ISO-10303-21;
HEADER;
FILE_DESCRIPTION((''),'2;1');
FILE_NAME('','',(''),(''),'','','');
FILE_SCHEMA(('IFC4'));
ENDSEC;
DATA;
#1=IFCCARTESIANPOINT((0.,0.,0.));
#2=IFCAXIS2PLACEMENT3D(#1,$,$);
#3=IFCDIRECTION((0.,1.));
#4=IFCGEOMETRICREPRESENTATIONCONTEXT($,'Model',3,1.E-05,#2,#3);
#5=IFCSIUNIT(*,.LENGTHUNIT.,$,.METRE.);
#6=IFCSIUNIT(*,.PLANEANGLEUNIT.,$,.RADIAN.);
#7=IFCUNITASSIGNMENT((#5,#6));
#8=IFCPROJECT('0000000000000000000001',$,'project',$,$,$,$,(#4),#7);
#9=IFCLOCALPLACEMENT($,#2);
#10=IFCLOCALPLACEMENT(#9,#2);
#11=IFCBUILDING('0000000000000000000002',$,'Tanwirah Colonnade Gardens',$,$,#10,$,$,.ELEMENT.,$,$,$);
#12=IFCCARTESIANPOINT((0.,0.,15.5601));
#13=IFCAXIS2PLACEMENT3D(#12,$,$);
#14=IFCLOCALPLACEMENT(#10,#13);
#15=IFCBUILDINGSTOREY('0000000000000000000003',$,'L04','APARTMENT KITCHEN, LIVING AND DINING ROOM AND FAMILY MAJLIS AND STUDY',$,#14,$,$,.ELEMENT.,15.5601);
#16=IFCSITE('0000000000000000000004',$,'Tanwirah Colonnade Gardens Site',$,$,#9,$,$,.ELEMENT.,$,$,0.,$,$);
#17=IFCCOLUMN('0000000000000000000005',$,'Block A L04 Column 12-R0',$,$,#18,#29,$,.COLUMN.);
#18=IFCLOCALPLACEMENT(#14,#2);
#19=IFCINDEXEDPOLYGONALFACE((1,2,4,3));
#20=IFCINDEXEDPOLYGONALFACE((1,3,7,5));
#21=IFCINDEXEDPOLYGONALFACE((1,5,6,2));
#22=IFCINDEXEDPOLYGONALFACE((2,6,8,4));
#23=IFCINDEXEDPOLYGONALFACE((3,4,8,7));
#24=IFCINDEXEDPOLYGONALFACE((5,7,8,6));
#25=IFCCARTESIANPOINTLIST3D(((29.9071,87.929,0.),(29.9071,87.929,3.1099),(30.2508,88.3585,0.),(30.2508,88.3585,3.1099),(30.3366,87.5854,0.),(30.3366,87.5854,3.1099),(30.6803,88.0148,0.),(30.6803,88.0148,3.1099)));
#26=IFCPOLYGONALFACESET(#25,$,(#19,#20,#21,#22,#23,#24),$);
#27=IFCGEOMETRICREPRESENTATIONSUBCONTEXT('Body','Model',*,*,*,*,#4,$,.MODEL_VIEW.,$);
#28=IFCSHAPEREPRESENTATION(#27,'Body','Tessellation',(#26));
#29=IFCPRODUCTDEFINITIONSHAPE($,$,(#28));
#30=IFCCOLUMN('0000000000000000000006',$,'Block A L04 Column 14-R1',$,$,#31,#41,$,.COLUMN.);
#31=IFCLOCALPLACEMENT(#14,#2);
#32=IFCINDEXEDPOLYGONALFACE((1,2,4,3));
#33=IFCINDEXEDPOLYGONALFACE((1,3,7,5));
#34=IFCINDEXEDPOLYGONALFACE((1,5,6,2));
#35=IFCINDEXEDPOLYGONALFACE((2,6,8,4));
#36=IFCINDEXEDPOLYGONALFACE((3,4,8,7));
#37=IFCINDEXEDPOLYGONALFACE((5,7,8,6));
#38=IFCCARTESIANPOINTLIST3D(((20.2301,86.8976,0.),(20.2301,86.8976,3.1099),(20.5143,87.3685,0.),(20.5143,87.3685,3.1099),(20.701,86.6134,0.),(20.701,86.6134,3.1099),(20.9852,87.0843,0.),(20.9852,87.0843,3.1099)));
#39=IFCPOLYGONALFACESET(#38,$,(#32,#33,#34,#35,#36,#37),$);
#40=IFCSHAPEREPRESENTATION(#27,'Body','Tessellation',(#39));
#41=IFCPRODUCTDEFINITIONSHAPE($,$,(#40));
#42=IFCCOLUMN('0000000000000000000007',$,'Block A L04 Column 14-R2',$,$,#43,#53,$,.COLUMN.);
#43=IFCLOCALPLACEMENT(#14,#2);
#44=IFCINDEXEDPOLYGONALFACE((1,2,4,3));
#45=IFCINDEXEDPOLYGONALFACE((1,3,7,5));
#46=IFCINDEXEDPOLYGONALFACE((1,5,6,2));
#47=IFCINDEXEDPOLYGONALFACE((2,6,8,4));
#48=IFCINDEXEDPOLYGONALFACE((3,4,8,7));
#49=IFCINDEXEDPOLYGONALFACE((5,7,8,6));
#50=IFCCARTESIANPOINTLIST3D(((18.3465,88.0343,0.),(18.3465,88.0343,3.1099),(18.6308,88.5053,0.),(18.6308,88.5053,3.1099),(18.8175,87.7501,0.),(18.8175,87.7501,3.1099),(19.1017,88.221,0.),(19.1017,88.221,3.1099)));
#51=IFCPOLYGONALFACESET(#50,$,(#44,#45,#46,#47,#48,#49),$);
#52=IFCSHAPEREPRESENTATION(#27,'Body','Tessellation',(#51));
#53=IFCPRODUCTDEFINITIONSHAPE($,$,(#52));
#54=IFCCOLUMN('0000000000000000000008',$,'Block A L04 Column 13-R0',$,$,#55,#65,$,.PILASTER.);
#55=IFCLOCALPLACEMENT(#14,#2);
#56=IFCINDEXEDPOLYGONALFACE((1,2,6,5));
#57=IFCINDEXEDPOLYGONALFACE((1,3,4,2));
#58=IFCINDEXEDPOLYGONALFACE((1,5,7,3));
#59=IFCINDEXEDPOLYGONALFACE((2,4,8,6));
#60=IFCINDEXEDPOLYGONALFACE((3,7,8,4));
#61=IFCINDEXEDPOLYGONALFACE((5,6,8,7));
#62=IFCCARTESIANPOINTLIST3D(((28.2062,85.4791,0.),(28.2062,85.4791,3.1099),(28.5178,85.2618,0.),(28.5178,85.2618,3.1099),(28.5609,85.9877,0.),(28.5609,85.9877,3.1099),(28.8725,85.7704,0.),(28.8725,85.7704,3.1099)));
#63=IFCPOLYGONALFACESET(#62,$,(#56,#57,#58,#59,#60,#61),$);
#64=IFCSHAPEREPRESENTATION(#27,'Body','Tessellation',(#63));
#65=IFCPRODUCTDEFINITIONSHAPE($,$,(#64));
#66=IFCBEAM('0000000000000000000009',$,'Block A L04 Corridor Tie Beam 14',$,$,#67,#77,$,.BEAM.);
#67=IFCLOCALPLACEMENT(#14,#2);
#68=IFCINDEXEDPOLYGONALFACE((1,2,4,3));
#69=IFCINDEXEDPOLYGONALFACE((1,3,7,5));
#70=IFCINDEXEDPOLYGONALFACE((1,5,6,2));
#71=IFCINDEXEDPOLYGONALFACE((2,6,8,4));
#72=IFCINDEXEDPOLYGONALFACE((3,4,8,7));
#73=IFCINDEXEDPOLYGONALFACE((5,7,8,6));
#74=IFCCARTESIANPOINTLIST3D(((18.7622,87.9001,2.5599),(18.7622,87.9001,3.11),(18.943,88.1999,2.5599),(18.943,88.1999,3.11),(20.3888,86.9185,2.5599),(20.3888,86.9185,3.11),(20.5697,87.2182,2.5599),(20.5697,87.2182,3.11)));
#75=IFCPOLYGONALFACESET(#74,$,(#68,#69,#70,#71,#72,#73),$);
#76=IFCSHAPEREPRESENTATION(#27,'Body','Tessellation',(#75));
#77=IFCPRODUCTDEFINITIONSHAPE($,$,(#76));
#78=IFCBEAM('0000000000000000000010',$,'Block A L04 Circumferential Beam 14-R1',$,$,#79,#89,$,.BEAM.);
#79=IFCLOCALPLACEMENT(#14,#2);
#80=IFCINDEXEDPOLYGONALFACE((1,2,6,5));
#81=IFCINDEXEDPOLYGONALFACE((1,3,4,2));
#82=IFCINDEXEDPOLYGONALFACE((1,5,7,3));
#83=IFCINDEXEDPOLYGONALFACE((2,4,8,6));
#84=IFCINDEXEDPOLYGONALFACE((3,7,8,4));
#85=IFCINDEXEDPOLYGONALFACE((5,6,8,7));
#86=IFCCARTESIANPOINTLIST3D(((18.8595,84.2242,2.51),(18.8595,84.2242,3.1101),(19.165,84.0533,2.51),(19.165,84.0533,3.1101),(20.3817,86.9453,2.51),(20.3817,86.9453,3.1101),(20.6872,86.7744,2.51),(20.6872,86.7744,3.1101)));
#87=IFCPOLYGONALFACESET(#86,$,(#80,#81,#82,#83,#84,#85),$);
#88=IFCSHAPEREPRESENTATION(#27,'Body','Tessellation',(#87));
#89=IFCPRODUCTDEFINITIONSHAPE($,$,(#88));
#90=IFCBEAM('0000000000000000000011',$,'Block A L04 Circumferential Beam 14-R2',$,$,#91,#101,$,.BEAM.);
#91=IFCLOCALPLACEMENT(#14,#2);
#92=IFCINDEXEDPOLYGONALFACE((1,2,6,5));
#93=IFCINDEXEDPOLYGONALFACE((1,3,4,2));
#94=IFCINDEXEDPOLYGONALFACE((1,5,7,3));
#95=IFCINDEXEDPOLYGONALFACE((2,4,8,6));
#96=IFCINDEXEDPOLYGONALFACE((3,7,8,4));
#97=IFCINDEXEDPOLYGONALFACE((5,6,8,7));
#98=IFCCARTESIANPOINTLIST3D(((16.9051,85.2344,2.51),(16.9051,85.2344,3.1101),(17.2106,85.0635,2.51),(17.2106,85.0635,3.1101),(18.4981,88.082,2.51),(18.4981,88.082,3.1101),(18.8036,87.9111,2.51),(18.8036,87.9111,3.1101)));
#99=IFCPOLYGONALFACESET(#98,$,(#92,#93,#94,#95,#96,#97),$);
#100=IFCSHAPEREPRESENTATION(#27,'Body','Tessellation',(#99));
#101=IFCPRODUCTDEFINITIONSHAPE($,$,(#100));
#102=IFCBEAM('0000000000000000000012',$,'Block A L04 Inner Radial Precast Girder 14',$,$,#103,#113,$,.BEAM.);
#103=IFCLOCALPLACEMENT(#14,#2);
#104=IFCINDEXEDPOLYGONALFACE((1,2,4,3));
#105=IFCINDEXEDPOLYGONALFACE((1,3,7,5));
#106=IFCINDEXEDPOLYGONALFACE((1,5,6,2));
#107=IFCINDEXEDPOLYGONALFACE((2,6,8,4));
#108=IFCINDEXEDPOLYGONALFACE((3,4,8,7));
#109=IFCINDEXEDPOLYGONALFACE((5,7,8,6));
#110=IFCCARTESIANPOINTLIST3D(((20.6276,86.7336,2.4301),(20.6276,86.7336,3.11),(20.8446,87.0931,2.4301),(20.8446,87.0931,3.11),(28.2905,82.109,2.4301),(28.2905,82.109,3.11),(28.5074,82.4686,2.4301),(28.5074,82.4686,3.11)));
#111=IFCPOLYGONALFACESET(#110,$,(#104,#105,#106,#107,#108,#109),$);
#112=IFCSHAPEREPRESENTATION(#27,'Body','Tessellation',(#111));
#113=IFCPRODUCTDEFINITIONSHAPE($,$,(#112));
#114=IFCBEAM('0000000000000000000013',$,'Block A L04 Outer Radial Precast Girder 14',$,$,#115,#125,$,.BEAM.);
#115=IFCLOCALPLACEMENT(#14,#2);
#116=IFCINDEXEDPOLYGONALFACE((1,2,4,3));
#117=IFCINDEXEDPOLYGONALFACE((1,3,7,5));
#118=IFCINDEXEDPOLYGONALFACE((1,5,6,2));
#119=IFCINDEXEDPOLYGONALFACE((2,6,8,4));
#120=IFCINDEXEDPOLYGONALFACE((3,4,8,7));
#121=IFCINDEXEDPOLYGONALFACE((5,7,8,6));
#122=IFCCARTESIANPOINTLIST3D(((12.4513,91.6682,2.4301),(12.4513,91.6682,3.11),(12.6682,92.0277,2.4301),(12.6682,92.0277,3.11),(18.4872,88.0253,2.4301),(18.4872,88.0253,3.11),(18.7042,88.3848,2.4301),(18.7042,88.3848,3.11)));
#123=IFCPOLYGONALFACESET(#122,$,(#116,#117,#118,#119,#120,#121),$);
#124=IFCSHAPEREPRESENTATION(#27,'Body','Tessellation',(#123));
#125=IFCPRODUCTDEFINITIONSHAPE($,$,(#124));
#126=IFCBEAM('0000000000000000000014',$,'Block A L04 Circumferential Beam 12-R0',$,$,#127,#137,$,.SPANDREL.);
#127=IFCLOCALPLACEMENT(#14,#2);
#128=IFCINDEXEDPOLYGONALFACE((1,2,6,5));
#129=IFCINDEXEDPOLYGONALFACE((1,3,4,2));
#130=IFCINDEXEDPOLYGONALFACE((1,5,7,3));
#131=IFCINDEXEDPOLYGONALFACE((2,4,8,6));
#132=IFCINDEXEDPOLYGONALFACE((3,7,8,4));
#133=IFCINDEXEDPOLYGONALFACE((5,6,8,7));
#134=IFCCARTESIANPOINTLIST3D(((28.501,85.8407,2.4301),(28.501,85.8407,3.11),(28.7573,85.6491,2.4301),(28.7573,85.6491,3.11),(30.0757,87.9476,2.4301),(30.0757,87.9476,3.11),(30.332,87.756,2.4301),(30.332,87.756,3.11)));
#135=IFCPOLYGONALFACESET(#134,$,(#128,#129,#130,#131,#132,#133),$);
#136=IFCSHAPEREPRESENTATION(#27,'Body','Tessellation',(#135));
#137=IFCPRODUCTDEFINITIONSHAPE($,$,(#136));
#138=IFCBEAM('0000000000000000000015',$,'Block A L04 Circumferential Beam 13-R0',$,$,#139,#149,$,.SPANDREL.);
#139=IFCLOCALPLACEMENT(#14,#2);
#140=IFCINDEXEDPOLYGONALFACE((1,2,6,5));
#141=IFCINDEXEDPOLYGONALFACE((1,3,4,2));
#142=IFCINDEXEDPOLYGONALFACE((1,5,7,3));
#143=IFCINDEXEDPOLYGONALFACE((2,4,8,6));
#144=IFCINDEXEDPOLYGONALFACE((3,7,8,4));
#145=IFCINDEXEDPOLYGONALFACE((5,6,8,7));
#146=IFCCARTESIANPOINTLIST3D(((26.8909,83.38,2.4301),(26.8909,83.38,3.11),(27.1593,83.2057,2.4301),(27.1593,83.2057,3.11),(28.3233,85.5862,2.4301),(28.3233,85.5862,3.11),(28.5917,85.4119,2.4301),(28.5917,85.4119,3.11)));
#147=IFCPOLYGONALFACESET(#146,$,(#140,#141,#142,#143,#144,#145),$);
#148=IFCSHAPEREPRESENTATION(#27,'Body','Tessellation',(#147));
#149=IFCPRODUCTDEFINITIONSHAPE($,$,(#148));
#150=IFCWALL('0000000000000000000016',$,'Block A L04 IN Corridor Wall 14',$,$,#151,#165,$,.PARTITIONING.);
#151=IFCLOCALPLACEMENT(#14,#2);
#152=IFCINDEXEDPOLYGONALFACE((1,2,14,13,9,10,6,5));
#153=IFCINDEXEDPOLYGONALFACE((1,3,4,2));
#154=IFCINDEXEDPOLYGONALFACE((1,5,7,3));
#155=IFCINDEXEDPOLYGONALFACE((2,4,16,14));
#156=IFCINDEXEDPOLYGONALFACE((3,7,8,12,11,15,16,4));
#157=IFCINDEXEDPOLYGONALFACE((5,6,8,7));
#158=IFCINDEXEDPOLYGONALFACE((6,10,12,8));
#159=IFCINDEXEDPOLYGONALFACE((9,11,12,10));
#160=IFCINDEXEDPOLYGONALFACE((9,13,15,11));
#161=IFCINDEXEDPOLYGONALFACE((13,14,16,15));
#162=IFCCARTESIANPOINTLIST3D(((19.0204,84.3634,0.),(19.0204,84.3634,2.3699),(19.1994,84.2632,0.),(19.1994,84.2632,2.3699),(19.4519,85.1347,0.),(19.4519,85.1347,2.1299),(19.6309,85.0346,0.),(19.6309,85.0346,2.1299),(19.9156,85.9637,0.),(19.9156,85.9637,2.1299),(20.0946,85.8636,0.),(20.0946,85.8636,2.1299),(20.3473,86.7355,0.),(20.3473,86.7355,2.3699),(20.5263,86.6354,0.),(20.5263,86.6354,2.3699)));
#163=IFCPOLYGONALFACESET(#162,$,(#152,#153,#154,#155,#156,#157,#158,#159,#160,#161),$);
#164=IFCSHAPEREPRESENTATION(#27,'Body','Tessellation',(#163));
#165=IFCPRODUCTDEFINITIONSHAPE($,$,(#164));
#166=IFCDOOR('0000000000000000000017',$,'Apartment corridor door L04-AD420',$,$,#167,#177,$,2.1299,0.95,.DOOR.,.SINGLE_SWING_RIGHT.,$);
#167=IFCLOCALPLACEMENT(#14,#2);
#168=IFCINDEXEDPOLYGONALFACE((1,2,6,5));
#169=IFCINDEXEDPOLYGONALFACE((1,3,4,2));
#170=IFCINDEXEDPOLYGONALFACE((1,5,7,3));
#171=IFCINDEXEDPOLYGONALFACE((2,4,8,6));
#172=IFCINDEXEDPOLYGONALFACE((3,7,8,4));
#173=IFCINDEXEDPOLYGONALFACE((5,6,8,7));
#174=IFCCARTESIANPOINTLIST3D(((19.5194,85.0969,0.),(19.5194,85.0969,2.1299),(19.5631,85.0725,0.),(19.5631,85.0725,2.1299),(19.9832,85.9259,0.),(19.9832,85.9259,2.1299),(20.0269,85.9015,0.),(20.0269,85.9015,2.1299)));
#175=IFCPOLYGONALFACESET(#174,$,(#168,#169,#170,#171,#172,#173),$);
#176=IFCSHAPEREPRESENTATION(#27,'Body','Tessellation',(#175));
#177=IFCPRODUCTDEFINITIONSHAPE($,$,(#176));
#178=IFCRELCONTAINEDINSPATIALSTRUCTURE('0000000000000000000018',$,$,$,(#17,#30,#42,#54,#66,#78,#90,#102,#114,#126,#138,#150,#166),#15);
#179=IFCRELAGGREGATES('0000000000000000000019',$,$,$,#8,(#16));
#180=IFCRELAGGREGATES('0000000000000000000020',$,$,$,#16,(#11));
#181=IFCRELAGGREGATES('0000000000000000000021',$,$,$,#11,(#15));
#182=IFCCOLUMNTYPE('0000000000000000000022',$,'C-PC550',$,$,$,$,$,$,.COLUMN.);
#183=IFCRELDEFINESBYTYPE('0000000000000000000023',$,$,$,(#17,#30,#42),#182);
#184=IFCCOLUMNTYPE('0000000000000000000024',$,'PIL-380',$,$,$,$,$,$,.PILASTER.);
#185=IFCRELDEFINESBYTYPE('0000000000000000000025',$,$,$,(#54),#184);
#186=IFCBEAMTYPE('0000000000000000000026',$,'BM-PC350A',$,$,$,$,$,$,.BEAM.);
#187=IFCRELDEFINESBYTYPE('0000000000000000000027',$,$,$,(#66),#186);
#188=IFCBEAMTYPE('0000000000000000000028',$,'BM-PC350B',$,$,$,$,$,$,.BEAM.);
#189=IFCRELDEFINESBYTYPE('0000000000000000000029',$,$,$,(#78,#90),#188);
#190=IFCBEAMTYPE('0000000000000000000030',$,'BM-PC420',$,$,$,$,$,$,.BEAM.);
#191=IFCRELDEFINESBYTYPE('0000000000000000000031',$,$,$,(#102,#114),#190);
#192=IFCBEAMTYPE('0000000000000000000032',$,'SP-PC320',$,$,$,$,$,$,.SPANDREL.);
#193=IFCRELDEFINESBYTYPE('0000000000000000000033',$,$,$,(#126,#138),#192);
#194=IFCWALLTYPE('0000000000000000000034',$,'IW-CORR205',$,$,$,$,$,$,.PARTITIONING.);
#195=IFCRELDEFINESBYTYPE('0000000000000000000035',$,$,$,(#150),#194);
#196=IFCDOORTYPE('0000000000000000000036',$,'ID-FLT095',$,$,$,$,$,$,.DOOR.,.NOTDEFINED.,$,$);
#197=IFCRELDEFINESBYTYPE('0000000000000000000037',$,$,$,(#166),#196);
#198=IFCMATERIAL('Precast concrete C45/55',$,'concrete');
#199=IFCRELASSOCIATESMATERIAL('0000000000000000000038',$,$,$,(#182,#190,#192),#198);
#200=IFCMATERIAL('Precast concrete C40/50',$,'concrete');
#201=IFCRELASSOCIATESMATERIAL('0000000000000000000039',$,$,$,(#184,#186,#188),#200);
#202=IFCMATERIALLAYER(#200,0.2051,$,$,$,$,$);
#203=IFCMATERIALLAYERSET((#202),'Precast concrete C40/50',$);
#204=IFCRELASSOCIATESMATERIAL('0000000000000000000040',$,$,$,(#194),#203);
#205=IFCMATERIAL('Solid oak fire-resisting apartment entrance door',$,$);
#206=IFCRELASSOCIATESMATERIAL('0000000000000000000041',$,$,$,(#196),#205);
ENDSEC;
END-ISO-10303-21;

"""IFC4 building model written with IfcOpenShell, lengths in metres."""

from ifc_helpers import new_model, si_unit, direction, frame, frame_2d, origin, origin_2d, place, context, subcontext, project, spatial, rectangle, extrude, material, layer, layer_set, material_profile, profile_set, type_object, element, fill, save


model = new_model("IFC4")

# Units and contexts
model_context = context("Model", 3, precision=1e-05, world=origin(), true_north=direction((0.0, 1.0)))
body_context = subcontext(model_context, "Body", "Model", "MODEL_VIEW")
ifc_project = project(units=[si_unit("LENGTHUNIT", "METRE"), si_unit("PLANEANGLEUNIT", "RADIAN")], contexts=[model_context])

# Site, building, storey
site_placement = place(None, origin())
site = spatial("IfcSite", under=ifc_project, at=site_placement, Name="Tanwirah Colonnade Gardens Site", CompositionType="ELEMENT", RefElevation=0.0)
building_placement = place(site_placement, origin())
building = spatial("IfcBuilding", under=site, at=building_placement, Name="Tanwirah Colonnade Gardens", CompositionType="ELEMENT")
storey_placement = place(building_placement, frame((0.0, 0.0, 15.5601)))
storey = spatial("IfcBuildingStorey", under=building, at=storey_placement, Name="L04", Description="APARTMENT KITCHEN, LIVING AND DINING ROOM AND FAMILY MAJLIS AND STUDY", CompositionType="ELEMENT", Elevation=15.5601)

# Columns
ifc_material_1 = material(Name="Precast concrete C45/55", Category="concrete")
ifc_material_profile_1 = material_profile(ifc_material_1, rectangle(XDim=0.55, YDim=0.55, at=origin_2d()), Name="PC-COL 550x550")
ifc_profile_set_1 = profile_set([ifc_material_profile_1], Name="Precast concrete C45/55")
column_type_1 = type_object("IfcColumnType", Name="C-PC550", PredefinedType="COLUMN", material=ifc_profile_set_1)
for number, where, z_axis, x_axis, name in (
    (1, (30.2937, 87.9719, 0.0), (0.0, 0.0, 1.0), (-0.780794, 0.624788, 0.0), "Block A L04 Column 12-R0"),
    (2, (20.6077, 86.991, 0.0), (0.0, 0.0, 1.0), (-0.856167, 0.516699, 0.0), "Block A L04 Column 14-R1"),
    (3, (18.7241, 88.1277, 0.0), (0.0, 0.0, 1.0), (-0.856167, 0.516699, 0.0), "Block A L04 Column 14-R2"),
):
    element("IfcColumn", number, at=place(storey_placement, frame(where, z_axis=z_axis, x_axis=x_axis)), inside=storey, type_object=column_type_1, Name=name, PredefinedType="COLUMN", context=body_context, shape_type="SweptSolid", body=[
        extrude(rectangle(XDim=0.55, YDim=0.55, at=origin_2d()), origin(), (0.0, 0.0, 1.0), 3.1099),
    ])
ifc_material_2 = material(Name="Precast concrete C40/50", Category="concrete")
ifc_material_profile_2 = material_profile(ifc_material_2, rectangle(XDim=0.3799, YDim=0.6201, at=origin_2d()), Name="PC-PIL 380x620")
ifc_profile_set_2 = profile_set([ifc_material_profile_2], Name="Precast concrete C40/50")
column_type_2 = type_object("IfcColumnType", Name="PIL-380", PredefinedType="PILASTER", material=ifc_profile_set_2)
column_placement = place(storey_placement, frame((28.5393, 85.6248, 0.0), z_axis=(0.0, 0.0, 1.0), x_axis=(-0.820263, 0.571987, 0.0)))
element("IfcColumn", 4, at=column_placement, inside=storey, type_object=column_type_2, Name="Block A L04 Column 13-R0", PredefinedType="PILASTER", context=body_context, shape_type="SweptSolid", body=[
    extrude(rectangle(XDim=0.3799, YDim=0.6201, at=origin_2d()), origin(), (0.0, 0.0, 1.0), 3.1099),
])

# Beams
ifc_material_profile_3 = material_profile(ifc_material_2, rectangle(XDim=0.3501, YDim=0.55, at=origin_2d()), Name="PC-BM 350x550")
ifc_profile_set_3 = profile_set([ifc_material_profile_3], Name="Precast concrete C40/50")
beam_type_1 = type_object("IfcBeamType", Name="BM-PC350A", PredefinedType="BEAM", material=ifc_profile_set_3)
beam_1_placement = place(storey_placement, frame((20.4792, 87.0684, 2.835), z_axis=(-0.856175, 0.516686, 0.0), x_axis=(-0.516686, -0.856175, 0.0)))
element("IfcBeam", 5, at=beam_1_placement, inside=storey, type_object=beam_type_1, Name="Block A L04 Corridor Tie Beam 14", PredefinedType="BEAM", context=body_context, shape_type="SweptSolid", body=[
    extrude(rectangle(XDim=0.3501, YDim=0.55, at=origin_2d()), origin(), (0.0, 0.0, 1.0), 1.8999),
])
ifc_material_profile_4 = material_profile(ifc_material_2, rectangle(XDim=0.3501, YDim=0.6001, at=origin_2d()), Name="PC-BM 350x600")
ifc_profile_set_4 = profile_set([ifc_material_profile_4], Name="Precast concrete C40/50")
beam_type_2 = type_object("IfcBeamType", Name="BM-PC350B", PredefinedType="BEAM", material=ifc_profile_set_4)
beam_2_placement = place(storey_placement, frame((20.5344, 86.8599, 2.8101), z_axis=(-0.4882, -0.872732, 0.0), x_axis=(0.872732, -0.4882, 0.0)))
element("IfcBeam", 6, at=beam_2_placement, inside=storey, type_object=beam_type_2, Name="Block A L04 Circumferential Beam 14-R1", PredefinedType="BEAM", context=body_context, shape_type="SweptSolid", body=[
    extrude(rectangle(XDim=0.3501, YDim=0.6001, at=origin_2d()), origin(), (0.0, 0.0, 1.0), 3.1179),
])
beam_3_placement = place(storey_placement, frame((18.6509, 87.9966, 2.8101), z_axis=(-0.488214, -0.872724, 0.0), x_axis=(0.872724, -0.488214, 0.0)))
element("IfcBeam", 7, at=beam_3_placement, inside=storey, type_object=beam_type_2, Name="Block A L04 Circumferential Beam 14-R2", PredefinedType="BEAM", context=body_context, shape_type="SweptSolid", body=[
    extrude(rectangle(XDim=0.3501, YDim=0.6001, at=origin_2d()), origin(), (0.0, 0.0, 1.0), 3.2629),
])
ifc_material_profile_5 = material_profile(ifc_material_1, rectangle(XDim=0.4199, YDim=0.6799, at=origin_2d()), Name="PC-BM 420x680")
ifc_profile_set_5 = profile_set([ifc_material_profile_5], Name="Precast concrete C45/55")
beam_type_3 = type_object("IfcBeamType", Name="BM-PC420", PredefinedType="BEAM", material=ifc_profile_set_5)
beam_4_placement = place(storey_placement, frame((20.7361, 86.9133, 2.77), z_axis=(0.856169, -0.516696, 0.0), x_axis=(0.516696, 0.856169, 0.0)))
element("IfcBeam", 8, at=beam_4_placement, inside=storey, type_object=beam_type_3, Name="Block A L04 Inner Radial Precast Girder 14", PredefinedType="BEAM", context=body_context, shape_type="SweptSolid", body=[
    extrude(rectangle(XDim=0.4199, YDim=0.6799, at=origin_2d()), origin(), (0.0, 0.0, 1.0), 8.9502),
])
beam_5_placement = place(storey_placement, frame((18.5957, 88.2051, 2.77), z_axis=(-0.856158, 0.516714, 0.0), x_axis=(-0.516714, -0.856158, 0.0)))
element("IfcBeam", 9, at=beam_5_placement, inside=storey, type_object=beam_type_3, Name="Block A L04 Outer Radial Precast Girder 14", PredefinedType="BEAM", context=body_context, shape_type="SweptSolid", body=[
    extrude(rectangle(XDim=0.4199, YDim=0.6799, at=origin_2d()), origin(), (0.0, 0.0, 1.0), 7.05),
])
ifc_material_profile_6 = material_profile(ifc_material_1, rectangle(XDim=0.3201, YDim=0.6799, at=origin_2d()), Name="PC-SP 320x680")
ifc_profile_set_6 = profile_set([ifc_material_profile_6], Name="Precast concrete C45/55")
beam_type_4 = type_object("IfcBeamType", Name="SP-PC320", PredefinedType="SPANDREL", material=ifc_profile_set_6)
for number, where, z_axis, x_axis, name in (
    (10, (30.2039, 87.8518, 2.77), (-0.598663, -0.801001, 0.0), (0.801001, -0.598663, 0.0), "Block A L04 Circumferential Beam 12-R0"),
    (11, (28.4575, 85.499, 2.77), (-0.544571, -0.838715, 0.0), (0.838715, -0.544571, 0.0), "Block A L04 Circumferential Beam 13-R0"),
):
    element("IfcBeam", number, at=place(storey_placement, frame(where, z_axis=z_axis, x_axis=x_axis)), inside=storey, type_object=beam_type_4, Name=name, PredefinedType="SPANDREL", context=body_context, shape_type="SweptSolid", body=[
        extrude(rectangle(XDim=0.3201, YDim=0.6799, at=origin_2d()), origin(), (0.0, 0.0, 1.0), 2.6304),
    ])

# Wall, opening, door
ifc_layer_1 = layer(ifc_material_2, 0.2051)
ifc_layer_set_1 = layer_set([ifc_layer_1], Name="Precast concrete C40/50")
wall_type_1 = type_object("IfcWallType", Name="IW-CORR205", PredefinedType="PARTITIONING", material=ifc_layer_set_1)
wall_1_placement = place(storey_placement, frame((20.4368, 86.6853, 0.0), z_axis=(0.0, 0.0, 1.0), x_axis=(-0.488196, -0.872734, 0.0)))
wall_1 = element("IfcWall", 12, at=wall_1_placement, inside=storey, type_object=wall_type_1, Name="Block A L04 IN Corridor Wall 14", PredefinedType="PARTITIONING", context=body_context, shape_type="SweptSolid", body=[
    extrude(rectangle(XDim=2.718, YDim=0.2051, at=frame_2d((1.3589, 0.0))), origin(), (0.0, 0.0, 1.0), 2.3699),
])
opening_placement = place(wall_1_placement, frame((0.884, 0.0, 0.0)))
opening = element("IfcOpeningElement", 13, at=opening_placement, cuts=wall_1, PredefinedType="OPENING", context=body_context, shape_type="SweptSolid", body=[
    extrude(rectangle(XDim=0.95, YDim=2.1299, at=frame_2d((0.4751, 1.0649))), frame((0.0, 0.1125, 0.0), z_axis=(0.0, -1.0, 0.0), x_axis=(1.0, 0.0, 0.0)), (0.0, 0.0, 1.0), 0.2251),
])
ifc_material_3 = material(Name="Solid oak fire-resisting apartment entrance door")
door_type = type_object("IfcDoorType", Name="ID-FLT095", OperationType="NOTDEFINED", PredefinedType="DOOR", material=ifc_material_3)
door_placement = place(opening_placement, origin())
door = element("IfcDoor", 14, at=door_placement, inside=storey, type_object=door_type, Name="Apartment corridor door L04-AD420", OperationType="SINGLE_SWING_RIGHT", OverallHeight=2.1299, OverallWidth=0.95, PredefinedType="DOOR", context=body_context, shape_type="SweptSolid", body=[
    extrude(rectangle(XDim=0.95, YDim=2.1299, at=frame_2d((0.4751, 1.0649))), frame((0.0, 0.0249, 0.0), z_axis=(0.0, -1.0, 0.0), x_axis=(1.0, 0.0, 0.0)), (0.0, 0.0, 1.0), 0.05),
])
fill(opening, door)

save(model, "model.ifc")
